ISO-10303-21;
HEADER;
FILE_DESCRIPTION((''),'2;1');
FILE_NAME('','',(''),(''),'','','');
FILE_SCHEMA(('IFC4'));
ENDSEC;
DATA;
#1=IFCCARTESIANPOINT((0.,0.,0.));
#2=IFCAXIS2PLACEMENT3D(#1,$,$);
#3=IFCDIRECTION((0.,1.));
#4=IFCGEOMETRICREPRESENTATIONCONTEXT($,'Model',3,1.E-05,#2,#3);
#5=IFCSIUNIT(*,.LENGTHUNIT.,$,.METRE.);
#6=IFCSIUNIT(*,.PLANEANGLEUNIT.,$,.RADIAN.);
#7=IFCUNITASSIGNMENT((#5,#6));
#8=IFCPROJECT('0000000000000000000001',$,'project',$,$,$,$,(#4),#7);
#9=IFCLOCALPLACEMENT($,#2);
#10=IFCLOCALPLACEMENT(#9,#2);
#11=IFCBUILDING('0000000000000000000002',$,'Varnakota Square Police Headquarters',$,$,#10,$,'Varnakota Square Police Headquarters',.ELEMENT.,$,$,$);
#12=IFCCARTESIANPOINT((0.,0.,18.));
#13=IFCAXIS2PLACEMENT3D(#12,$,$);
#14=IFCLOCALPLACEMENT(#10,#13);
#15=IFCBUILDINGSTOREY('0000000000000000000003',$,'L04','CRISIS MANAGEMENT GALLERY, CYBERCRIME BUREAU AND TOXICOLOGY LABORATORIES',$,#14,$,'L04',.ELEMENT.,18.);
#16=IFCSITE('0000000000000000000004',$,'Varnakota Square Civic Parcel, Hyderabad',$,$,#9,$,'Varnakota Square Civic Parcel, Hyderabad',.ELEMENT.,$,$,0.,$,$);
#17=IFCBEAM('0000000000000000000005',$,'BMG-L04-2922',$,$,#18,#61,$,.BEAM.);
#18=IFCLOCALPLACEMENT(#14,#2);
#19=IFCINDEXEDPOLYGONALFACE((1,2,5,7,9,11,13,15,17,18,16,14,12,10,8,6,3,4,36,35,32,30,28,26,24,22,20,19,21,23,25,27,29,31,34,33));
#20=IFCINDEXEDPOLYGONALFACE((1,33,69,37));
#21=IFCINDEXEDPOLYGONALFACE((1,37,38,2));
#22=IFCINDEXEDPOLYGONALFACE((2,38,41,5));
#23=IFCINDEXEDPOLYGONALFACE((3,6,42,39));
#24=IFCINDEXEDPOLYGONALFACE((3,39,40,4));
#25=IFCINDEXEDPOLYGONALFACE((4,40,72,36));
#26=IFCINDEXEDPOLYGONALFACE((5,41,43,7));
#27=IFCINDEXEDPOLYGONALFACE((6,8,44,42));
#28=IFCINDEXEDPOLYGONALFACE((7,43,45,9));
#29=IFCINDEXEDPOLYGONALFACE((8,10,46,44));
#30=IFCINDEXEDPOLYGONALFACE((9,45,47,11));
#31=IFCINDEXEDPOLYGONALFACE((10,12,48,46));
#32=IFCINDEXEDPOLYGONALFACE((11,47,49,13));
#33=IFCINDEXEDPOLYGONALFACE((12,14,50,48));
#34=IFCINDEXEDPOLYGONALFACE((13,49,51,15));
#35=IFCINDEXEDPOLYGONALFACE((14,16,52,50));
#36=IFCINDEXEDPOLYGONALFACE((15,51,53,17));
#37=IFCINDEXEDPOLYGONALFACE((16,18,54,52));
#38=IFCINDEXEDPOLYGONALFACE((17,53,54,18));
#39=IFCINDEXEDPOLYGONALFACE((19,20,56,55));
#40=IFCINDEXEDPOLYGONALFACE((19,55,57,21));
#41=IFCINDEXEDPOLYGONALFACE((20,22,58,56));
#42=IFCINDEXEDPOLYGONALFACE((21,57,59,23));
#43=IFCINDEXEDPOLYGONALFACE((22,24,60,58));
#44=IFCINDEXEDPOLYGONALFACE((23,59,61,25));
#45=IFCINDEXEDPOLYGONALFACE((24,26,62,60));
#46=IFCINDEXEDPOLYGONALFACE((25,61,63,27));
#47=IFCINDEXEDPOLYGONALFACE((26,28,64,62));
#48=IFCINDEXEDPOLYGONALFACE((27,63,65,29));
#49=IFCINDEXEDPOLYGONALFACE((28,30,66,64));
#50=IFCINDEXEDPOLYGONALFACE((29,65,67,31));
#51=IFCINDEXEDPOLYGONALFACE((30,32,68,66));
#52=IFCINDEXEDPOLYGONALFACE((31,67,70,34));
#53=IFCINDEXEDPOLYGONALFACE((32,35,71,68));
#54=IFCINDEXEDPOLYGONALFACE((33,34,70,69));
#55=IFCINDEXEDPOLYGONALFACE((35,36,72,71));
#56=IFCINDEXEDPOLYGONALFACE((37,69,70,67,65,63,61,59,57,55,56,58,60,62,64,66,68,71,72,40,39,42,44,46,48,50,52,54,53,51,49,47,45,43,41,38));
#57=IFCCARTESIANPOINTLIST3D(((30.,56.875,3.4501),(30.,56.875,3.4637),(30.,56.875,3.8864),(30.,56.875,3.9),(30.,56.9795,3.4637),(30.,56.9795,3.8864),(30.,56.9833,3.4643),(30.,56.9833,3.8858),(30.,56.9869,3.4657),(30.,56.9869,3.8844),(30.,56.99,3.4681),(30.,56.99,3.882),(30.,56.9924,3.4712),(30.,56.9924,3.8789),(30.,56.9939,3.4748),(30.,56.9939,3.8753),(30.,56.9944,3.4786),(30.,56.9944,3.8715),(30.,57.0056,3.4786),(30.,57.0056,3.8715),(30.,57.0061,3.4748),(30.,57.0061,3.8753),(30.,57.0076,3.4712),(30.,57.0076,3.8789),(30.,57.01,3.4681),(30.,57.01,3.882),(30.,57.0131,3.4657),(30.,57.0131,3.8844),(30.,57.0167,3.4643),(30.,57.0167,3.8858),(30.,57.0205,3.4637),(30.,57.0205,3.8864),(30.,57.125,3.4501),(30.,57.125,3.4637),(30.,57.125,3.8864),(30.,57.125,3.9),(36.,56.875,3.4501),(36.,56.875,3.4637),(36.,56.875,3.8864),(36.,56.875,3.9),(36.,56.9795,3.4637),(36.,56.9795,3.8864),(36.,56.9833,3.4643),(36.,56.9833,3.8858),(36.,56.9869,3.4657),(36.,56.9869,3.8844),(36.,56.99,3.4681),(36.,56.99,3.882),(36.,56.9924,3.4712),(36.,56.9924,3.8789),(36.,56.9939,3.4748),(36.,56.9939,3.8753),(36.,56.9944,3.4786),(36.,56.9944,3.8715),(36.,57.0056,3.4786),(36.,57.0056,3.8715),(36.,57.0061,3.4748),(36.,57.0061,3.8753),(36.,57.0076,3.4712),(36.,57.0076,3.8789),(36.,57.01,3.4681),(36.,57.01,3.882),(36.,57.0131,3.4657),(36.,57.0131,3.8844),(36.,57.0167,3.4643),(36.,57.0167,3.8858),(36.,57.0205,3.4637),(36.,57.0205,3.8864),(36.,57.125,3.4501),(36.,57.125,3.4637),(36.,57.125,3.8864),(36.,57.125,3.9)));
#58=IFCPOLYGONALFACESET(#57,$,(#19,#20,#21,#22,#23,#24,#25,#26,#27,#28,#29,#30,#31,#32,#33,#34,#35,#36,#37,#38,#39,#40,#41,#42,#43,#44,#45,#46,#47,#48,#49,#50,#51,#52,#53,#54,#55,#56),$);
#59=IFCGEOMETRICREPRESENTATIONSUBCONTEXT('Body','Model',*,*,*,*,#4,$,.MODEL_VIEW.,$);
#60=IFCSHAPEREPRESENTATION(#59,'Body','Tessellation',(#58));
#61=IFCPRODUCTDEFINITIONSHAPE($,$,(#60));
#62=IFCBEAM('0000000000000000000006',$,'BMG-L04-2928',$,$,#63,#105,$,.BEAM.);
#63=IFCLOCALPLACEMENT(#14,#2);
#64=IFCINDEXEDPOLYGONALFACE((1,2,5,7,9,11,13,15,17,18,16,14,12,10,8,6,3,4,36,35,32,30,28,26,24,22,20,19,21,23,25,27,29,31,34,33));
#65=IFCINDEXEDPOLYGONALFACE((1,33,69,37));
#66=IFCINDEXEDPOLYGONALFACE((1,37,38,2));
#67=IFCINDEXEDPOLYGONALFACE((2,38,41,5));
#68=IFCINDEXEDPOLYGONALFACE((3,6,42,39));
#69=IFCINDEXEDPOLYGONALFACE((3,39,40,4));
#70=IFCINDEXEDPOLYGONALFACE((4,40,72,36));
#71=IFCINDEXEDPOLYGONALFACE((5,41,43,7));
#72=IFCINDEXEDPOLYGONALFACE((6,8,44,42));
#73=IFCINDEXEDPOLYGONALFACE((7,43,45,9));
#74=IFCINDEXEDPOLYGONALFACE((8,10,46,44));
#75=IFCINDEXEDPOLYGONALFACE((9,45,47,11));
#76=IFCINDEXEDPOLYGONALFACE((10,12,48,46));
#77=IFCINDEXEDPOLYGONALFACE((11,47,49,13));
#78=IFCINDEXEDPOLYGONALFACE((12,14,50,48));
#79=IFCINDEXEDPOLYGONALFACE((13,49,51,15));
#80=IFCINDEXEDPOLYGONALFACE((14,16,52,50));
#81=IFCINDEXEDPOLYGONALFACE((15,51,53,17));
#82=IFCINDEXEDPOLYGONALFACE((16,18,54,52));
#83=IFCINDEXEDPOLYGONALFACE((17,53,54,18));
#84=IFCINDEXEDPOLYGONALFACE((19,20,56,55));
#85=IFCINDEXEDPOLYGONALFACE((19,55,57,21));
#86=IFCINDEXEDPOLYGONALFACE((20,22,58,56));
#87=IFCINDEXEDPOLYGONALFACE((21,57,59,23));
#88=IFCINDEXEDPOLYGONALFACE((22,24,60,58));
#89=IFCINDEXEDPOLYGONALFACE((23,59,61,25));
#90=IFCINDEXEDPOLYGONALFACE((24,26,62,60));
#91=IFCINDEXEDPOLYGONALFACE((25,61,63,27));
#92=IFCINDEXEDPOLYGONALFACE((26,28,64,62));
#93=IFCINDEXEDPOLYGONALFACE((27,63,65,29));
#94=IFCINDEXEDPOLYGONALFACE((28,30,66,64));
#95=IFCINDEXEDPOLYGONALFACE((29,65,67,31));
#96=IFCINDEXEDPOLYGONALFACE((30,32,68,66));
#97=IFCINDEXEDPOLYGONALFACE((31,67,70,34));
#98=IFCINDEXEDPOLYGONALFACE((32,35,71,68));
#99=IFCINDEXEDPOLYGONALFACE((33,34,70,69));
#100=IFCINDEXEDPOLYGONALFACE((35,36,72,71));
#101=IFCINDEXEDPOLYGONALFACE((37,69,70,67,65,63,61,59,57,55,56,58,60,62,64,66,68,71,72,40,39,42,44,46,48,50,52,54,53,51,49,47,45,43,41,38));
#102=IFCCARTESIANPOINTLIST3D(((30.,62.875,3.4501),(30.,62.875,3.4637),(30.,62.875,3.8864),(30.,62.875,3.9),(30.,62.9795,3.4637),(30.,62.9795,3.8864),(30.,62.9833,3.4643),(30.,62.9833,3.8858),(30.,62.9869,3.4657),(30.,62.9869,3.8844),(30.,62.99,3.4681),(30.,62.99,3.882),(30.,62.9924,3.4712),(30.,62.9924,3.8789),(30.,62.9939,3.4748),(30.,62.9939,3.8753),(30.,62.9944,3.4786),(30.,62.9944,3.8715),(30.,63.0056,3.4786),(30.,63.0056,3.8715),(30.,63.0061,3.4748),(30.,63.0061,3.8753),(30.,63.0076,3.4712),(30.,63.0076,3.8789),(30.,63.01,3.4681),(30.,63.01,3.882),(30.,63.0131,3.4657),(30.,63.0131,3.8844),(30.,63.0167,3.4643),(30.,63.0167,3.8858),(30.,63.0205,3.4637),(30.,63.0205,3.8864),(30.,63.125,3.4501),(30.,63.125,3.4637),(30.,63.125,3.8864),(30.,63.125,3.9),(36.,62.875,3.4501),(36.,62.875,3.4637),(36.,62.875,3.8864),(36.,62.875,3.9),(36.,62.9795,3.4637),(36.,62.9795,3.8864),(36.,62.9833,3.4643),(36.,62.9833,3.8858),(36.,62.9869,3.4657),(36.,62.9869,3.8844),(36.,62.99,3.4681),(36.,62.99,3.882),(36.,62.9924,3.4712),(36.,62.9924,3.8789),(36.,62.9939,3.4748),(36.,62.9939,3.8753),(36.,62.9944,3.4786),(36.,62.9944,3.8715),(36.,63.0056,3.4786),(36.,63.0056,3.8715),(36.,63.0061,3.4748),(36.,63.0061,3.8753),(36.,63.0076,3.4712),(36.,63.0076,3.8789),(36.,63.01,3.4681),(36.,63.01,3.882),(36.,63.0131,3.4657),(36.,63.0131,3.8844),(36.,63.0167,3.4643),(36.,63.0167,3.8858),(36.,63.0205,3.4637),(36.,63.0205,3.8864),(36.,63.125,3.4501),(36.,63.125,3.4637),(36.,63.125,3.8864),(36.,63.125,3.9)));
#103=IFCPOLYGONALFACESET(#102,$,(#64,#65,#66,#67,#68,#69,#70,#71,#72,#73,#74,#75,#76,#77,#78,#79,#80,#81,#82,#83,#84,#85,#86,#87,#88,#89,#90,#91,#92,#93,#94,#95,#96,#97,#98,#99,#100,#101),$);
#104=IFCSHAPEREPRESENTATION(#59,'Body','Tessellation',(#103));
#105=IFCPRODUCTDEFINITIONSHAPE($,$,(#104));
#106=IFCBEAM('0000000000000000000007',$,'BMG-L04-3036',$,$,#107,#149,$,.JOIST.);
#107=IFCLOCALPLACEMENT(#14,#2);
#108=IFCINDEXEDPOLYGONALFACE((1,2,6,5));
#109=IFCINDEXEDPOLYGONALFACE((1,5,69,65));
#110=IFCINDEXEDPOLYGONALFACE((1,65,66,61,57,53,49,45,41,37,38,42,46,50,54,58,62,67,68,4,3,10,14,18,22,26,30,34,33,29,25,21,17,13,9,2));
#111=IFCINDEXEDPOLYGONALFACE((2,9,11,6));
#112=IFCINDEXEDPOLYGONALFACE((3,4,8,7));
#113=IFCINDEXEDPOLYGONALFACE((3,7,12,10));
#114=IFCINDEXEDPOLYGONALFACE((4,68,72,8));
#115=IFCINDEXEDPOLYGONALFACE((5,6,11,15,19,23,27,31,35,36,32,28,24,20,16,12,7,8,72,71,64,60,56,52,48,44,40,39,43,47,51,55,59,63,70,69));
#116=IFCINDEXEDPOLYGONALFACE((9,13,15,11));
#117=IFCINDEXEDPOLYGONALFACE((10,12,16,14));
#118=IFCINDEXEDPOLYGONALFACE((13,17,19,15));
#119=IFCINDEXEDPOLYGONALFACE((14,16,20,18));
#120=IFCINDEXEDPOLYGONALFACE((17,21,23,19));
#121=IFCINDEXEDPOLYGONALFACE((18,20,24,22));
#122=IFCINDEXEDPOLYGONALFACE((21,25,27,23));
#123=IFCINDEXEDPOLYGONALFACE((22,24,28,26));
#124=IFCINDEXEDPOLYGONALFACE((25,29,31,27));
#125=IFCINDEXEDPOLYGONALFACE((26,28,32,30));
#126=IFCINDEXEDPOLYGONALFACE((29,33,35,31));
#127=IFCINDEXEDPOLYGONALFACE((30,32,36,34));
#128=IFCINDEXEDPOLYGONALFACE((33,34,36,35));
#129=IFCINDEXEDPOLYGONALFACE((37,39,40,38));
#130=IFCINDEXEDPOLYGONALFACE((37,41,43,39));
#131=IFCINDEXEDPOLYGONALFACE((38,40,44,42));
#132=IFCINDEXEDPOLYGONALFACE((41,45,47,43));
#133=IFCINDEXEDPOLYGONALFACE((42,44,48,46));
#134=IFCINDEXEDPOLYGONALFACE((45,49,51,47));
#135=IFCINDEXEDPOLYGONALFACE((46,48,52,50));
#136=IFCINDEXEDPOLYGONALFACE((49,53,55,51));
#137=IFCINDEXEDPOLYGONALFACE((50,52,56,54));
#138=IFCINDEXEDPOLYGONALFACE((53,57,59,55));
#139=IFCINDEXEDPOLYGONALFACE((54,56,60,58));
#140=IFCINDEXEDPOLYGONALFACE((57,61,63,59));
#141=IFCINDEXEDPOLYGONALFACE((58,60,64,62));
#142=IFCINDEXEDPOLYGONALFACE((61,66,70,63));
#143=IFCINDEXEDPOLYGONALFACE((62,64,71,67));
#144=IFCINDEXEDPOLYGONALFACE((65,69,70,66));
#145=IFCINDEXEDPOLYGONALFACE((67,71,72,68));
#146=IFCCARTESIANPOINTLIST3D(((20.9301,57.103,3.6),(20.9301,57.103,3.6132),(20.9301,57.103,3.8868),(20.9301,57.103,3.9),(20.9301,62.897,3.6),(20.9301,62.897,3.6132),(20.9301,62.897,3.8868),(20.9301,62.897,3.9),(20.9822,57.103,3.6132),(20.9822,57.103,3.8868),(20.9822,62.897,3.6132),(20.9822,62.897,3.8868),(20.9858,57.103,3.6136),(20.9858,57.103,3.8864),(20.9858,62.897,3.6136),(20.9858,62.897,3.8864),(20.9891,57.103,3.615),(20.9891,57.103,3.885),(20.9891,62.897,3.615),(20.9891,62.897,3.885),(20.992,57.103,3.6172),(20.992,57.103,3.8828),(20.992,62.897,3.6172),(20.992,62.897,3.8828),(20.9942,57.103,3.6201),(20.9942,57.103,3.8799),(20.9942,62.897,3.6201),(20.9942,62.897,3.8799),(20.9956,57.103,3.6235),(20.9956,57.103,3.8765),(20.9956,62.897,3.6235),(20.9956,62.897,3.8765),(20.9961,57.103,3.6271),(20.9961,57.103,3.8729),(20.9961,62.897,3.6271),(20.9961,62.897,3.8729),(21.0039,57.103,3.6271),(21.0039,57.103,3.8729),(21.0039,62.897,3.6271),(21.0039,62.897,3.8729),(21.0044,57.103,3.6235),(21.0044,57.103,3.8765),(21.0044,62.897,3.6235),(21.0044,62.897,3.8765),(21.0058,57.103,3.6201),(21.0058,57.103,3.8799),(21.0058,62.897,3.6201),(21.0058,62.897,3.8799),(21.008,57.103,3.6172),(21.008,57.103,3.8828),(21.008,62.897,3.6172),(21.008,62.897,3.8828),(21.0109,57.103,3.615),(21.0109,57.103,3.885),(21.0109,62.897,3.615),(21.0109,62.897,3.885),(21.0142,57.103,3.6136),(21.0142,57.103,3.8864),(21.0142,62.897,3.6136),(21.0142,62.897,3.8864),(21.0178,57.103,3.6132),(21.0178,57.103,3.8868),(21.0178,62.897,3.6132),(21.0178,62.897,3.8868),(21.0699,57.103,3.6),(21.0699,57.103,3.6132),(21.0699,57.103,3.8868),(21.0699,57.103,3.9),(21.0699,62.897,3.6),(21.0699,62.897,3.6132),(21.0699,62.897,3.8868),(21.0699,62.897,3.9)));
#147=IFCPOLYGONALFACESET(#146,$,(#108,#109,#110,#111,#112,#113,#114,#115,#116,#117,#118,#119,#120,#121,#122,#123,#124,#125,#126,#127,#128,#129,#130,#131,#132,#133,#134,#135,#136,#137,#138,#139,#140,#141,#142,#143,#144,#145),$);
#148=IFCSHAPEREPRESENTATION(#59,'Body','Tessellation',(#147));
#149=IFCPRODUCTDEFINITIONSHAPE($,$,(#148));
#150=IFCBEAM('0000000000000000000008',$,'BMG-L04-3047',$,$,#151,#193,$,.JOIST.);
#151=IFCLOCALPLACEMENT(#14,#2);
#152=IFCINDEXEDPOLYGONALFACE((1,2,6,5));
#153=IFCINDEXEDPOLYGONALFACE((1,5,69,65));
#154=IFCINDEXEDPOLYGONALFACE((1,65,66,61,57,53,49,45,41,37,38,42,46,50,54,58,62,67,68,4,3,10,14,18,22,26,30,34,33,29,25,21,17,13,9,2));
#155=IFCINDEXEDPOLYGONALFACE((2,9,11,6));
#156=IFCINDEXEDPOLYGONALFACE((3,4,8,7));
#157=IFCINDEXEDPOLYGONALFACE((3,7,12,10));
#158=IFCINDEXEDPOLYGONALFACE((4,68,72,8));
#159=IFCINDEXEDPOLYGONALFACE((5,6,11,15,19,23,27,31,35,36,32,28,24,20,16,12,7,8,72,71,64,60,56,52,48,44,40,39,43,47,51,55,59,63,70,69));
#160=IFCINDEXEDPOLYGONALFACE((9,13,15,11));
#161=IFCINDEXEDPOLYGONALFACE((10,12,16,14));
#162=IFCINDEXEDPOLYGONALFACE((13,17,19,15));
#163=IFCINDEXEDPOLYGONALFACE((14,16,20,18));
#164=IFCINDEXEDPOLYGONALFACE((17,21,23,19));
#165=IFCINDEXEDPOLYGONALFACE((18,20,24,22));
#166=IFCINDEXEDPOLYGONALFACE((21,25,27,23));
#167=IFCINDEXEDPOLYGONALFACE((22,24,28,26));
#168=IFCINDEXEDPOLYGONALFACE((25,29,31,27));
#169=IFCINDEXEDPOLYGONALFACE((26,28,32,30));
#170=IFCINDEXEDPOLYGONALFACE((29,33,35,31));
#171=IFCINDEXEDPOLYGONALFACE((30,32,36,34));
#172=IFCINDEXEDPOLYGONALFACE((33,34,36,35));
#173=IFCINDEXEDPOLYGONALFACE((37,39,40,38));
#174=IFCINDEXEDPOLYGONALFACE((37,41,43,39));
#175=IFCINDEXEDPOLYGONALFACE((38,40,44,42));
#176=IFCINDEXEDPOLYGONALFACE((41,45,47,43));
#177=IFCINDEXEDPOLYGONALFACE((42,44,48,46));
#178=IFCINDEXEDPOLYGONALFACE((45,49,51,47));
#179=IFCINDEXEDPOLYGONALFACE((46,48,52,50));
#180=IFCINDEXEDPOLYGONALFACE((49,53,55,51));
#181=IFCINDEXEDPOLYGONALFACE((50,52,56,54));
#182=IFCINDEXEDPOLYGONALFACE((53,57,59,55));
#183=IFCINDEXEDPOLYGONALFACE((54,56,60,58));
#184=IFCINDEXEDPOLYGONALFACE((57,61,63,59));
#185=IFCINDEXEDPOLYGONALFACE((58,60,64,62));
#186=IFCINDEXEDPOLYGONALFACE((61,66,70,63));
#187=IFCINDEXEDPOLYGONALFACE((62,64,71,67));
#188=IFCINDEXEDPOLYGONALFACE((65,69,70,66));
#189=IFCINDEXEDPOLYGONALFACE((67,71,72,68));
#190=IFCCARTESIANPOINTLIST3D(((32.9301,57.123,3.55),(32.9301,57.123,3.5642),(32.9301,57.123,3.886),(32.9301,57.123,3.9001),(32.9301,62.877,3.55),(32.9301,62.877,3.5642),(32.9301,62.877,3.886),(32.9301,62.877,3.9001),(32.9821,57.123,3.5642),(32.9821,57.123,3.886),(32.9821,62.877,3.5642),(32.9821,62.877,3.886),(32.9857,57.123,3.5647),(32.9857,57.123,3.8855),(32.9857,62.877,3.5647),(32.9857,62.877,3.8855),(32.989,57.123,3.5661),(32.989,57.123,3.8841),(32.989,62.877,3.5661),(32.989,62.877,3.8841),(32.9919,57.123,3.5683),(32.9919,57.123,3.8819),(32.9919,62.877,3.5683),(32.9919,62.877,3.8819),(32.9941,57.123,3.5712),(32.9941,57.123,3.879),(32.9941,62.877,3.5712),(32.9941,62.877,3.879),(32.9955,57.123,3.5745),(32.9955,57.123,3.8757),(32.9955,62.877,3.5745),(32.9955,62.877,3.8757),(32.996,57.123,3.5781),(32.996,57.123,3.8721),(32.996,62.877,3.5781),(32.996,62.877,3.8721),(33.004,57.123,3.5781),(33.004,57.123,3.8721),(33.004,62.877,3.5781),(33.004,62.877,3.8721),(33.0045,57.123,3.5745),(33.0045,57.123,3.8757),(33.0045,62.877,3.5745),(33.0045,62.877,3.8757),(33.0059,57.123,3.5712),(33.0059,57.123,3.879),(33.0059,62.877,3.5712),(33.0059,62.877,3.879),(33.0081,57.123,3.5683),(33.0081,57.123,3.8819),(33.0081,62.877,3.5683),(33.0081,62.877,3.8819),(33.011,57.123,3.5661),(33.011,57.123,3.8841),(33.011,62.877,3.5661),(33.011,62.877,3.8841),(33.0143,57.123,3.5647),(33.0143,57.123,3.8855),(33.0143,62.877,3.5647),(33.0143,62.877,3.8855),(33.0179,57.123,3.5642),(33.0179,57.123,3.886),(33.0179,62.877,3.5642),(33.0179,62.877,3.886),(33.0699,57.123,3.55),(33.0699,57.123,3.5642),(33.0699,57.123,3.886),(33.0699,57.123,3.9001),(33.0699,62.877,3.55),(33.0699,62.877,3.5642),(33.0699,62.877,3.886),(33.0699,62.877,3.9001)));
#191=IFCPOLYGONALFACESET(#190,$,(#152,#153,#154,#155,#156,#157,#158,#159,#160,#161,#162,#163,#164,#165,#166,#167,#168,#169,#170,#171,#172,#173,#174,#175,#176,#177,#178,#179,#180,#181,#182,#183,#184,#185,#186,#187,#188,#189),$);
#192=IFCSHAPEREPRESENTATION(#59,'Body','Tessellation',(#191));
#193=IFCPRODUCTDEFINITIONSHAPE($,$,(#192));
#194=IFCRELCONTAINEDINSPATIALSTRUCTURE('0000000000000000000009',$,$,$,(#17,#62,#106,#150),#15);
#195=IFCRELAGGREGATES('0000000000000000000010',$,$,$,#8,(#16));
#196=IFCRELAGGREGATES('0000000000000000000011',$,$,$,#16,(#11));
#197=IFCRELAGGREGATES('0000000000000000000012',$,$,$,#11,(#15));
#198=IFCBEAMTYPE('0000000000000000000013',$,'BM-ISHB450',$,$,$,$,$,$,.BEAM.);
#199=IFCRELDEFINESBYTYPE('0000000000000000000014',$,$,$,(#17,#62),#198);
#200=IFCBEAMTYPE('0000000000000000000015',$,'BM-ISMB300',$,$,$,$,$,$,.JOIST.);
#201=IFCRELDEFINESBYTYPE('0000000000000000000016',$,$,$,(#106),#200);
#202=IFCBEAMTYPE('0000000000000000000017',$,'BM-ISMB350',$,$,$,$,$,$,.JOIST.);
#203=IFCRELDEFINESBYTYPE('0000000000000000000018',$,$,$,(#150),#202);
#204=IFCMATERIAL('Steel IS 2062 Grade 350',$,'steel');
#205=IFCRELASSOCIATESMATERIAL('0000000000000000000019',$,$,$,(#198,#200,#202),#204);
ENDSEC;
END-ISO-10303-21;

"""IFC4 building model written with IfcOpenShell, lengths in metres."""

from ifc_helpers import new_model, si_unit, direction, frame, origin, origin_2d, place, context, subcontext, project, spatial, i_section, extrude, material, material_profile, profile_set, type_object, element, save


model = new_model("IFC4")

# Units and contexts
model_context = context("Model", 3, precision=1e-05, world=origin(), true_north=direction((0.0, 1.0)))
body_context = subcontext(model_context, "Body", "Model", "MODEL_VIEW")
ifc_project = project(units=[si_unit("LENGTHUNIT", "METRE"), si_unit("PLANEANGLEUNIT", "RADIAN")], contexts=[model_context])

# Site, building, storey
site_placement = place(None, origin())
site = spatial("IfcSite", under=ifc_project, at=site_placement, Name="Varnakota Square Civic Parcel, Hyderabad", LongName="Varnakota Square Civic Parcel, Hyderabad", CompositionType="ELEMENT", RefElevation=0.0)
building_placement = place(site_placement, origin())
building = spatial("IfcBuilding", under=site, at=building_placement, Name="Varnakota Square Police Headquarters", LongName="Varnakota Square Police Headquarters", CompositionType="ELEMENT")
storey_placement = place(building_placement, frame((0.0, 0.0, 18.0)))
storey = spatial("IfcBuildingStorey", under=building, at=storey_placement, Name="L04", Description="CRISIS MANAGEMENT GALLERY, CYBERCRIME BUREAU AND TOXICOLOGY LABORATORIES", LongName="L04", CompositionType="ELEMENT", Elevation=18.0)

# Shared definitions
ifc_material_1 = material(Name="Steel IS 2062 Grade 350", Category="steel")

# Beams
ifc_material_profile_1 = material_profile(ifc_material_1, i_section(OverallWidth=0.25, OverallDepth=0.45, WebThickness=0.0112, FlangeThickness=0.0137, FilletRadius=0.0149, at=origin_2d()), Name="ISHB 450")
ifc_profile_set_1 = profile_set([ifc_material_profile_1], Name="Steel IS 2062 Grade 350")
beam_type_1 = type_object("IfcBeamType", Name="BM-ISHB450", PredefinedType="BEAM", material=ifc_profile_set_1)
for number, where, z_axis, x_axis, name in (
    (1, (30.0, 57.0, 3.675), (1.0, 0.0, 0.0), (0.0, 1.0, 0.0), "BMG-L04-2922"),
    (2, (30.0, 63.0, 3.675), (1.0, 0.0, 0.0), (0.0, 1.0, 0.0), "BMG-L04-2928"),
):
    element("IfcBeam", number, at=place(storey_placement, frame(where, z_axis=z_axis, x_axis=x_axis)), inside=storey, type_object=beam_type_1, Name=name, PredefinedType="BEAM", context=body_context, shape_type="SweptSolid", body=[
        extrude(i_section(OverallWidth=0.25, OverallDepth=0.45, WebThickness=0.0112, FlangeThickness=0.0137, FilletRadius=0.0149, at=origin_2d()), origin(), (0.0, 0.0, 1.0), 6.0),
    ])
ifc_material_profile_2 = material_profile(ifc_material_1, i_section(OverallWidth=0.1399, OverallDepth=0.3, WebThickness=0.0078, FlangeThickness=0.0132, FilletRadius=0.0139, at=origin_2d()), Name="ISMB 300")
ifc_profile_set_2 = profile_set([ifc_material_profile_2], Name="Steel IS 2062 Grade 350")
beam_type_2 = type_object("IfcBeamType", Name="BM-ISMB300", PredefinedType="JOIST", material=ifc_profile_set_2)
beam_1_placement = place(storey_placement, frame((21.0, 57.103, 3.75), z_axis=(0.0, 1.0, 0.0), x_axis=(-1.0, 0.0, 0.0)))
element("IfcBeam", 3, at=beam_1_placement, inside=storey, type_object=beam_type_2, Name="BMG-L04-3036", PredefinedType="JOIST", context=body_context, shape_type="SweptSolid", body=[
    extrude(i_section(OverallWidth=0.1399, OverallDepth=0.3, WebThickness=0.0078, FlangeThickness=0.0132, FilletRadius=0.0139, at=origin_2d()), origin(), (0.0, 0.0, 1.0), 5.7939),
])
ifc_material_profile_3 = material_profile(ifc_material_1, i_section(OverallWidth=0.1399, OverallDepth=0.3501, WebThickness=0.0081, FlangeThickness=0.0142, FilletRadius=0.0139, at=origin_2d()), Name="ISMB 350")
ifc_profile_set_3 = profile_set([ifc_material_profile_3], Name="Steel IS 2062 Grade 350")
beam_type_3 = type_object("IfcBeamType", Name="BM-ISMB350", PredefinedType="JOIST", material=ifc_profile_set_3)
beam_2_placement = place(storey_placement, frame((33.0, 57.123, 3.7251), z_axis=(0.0, 1.0, 0.0), x_axis=(-1.0, 0.0, 0.0)))
element("IfcBeam", 4, at=beam_2_placement, inside=storey, type_object=beam_type_3, Name="BMG-L04-3047", PredefinedType="JOIST", context=body_context, shape_type="SweptSolid", body=[
    extrude(i_section(OverallWidth=0.1399, OverallDepth=0.3501, WebThickness=0.0081, FlangeThickness=0.0142, FilletRadius=0.0139, at=origin_2d()), origin(), (0.0, 0.0, 1.0), 5.7539),
])

save(model, "model.ifc")
